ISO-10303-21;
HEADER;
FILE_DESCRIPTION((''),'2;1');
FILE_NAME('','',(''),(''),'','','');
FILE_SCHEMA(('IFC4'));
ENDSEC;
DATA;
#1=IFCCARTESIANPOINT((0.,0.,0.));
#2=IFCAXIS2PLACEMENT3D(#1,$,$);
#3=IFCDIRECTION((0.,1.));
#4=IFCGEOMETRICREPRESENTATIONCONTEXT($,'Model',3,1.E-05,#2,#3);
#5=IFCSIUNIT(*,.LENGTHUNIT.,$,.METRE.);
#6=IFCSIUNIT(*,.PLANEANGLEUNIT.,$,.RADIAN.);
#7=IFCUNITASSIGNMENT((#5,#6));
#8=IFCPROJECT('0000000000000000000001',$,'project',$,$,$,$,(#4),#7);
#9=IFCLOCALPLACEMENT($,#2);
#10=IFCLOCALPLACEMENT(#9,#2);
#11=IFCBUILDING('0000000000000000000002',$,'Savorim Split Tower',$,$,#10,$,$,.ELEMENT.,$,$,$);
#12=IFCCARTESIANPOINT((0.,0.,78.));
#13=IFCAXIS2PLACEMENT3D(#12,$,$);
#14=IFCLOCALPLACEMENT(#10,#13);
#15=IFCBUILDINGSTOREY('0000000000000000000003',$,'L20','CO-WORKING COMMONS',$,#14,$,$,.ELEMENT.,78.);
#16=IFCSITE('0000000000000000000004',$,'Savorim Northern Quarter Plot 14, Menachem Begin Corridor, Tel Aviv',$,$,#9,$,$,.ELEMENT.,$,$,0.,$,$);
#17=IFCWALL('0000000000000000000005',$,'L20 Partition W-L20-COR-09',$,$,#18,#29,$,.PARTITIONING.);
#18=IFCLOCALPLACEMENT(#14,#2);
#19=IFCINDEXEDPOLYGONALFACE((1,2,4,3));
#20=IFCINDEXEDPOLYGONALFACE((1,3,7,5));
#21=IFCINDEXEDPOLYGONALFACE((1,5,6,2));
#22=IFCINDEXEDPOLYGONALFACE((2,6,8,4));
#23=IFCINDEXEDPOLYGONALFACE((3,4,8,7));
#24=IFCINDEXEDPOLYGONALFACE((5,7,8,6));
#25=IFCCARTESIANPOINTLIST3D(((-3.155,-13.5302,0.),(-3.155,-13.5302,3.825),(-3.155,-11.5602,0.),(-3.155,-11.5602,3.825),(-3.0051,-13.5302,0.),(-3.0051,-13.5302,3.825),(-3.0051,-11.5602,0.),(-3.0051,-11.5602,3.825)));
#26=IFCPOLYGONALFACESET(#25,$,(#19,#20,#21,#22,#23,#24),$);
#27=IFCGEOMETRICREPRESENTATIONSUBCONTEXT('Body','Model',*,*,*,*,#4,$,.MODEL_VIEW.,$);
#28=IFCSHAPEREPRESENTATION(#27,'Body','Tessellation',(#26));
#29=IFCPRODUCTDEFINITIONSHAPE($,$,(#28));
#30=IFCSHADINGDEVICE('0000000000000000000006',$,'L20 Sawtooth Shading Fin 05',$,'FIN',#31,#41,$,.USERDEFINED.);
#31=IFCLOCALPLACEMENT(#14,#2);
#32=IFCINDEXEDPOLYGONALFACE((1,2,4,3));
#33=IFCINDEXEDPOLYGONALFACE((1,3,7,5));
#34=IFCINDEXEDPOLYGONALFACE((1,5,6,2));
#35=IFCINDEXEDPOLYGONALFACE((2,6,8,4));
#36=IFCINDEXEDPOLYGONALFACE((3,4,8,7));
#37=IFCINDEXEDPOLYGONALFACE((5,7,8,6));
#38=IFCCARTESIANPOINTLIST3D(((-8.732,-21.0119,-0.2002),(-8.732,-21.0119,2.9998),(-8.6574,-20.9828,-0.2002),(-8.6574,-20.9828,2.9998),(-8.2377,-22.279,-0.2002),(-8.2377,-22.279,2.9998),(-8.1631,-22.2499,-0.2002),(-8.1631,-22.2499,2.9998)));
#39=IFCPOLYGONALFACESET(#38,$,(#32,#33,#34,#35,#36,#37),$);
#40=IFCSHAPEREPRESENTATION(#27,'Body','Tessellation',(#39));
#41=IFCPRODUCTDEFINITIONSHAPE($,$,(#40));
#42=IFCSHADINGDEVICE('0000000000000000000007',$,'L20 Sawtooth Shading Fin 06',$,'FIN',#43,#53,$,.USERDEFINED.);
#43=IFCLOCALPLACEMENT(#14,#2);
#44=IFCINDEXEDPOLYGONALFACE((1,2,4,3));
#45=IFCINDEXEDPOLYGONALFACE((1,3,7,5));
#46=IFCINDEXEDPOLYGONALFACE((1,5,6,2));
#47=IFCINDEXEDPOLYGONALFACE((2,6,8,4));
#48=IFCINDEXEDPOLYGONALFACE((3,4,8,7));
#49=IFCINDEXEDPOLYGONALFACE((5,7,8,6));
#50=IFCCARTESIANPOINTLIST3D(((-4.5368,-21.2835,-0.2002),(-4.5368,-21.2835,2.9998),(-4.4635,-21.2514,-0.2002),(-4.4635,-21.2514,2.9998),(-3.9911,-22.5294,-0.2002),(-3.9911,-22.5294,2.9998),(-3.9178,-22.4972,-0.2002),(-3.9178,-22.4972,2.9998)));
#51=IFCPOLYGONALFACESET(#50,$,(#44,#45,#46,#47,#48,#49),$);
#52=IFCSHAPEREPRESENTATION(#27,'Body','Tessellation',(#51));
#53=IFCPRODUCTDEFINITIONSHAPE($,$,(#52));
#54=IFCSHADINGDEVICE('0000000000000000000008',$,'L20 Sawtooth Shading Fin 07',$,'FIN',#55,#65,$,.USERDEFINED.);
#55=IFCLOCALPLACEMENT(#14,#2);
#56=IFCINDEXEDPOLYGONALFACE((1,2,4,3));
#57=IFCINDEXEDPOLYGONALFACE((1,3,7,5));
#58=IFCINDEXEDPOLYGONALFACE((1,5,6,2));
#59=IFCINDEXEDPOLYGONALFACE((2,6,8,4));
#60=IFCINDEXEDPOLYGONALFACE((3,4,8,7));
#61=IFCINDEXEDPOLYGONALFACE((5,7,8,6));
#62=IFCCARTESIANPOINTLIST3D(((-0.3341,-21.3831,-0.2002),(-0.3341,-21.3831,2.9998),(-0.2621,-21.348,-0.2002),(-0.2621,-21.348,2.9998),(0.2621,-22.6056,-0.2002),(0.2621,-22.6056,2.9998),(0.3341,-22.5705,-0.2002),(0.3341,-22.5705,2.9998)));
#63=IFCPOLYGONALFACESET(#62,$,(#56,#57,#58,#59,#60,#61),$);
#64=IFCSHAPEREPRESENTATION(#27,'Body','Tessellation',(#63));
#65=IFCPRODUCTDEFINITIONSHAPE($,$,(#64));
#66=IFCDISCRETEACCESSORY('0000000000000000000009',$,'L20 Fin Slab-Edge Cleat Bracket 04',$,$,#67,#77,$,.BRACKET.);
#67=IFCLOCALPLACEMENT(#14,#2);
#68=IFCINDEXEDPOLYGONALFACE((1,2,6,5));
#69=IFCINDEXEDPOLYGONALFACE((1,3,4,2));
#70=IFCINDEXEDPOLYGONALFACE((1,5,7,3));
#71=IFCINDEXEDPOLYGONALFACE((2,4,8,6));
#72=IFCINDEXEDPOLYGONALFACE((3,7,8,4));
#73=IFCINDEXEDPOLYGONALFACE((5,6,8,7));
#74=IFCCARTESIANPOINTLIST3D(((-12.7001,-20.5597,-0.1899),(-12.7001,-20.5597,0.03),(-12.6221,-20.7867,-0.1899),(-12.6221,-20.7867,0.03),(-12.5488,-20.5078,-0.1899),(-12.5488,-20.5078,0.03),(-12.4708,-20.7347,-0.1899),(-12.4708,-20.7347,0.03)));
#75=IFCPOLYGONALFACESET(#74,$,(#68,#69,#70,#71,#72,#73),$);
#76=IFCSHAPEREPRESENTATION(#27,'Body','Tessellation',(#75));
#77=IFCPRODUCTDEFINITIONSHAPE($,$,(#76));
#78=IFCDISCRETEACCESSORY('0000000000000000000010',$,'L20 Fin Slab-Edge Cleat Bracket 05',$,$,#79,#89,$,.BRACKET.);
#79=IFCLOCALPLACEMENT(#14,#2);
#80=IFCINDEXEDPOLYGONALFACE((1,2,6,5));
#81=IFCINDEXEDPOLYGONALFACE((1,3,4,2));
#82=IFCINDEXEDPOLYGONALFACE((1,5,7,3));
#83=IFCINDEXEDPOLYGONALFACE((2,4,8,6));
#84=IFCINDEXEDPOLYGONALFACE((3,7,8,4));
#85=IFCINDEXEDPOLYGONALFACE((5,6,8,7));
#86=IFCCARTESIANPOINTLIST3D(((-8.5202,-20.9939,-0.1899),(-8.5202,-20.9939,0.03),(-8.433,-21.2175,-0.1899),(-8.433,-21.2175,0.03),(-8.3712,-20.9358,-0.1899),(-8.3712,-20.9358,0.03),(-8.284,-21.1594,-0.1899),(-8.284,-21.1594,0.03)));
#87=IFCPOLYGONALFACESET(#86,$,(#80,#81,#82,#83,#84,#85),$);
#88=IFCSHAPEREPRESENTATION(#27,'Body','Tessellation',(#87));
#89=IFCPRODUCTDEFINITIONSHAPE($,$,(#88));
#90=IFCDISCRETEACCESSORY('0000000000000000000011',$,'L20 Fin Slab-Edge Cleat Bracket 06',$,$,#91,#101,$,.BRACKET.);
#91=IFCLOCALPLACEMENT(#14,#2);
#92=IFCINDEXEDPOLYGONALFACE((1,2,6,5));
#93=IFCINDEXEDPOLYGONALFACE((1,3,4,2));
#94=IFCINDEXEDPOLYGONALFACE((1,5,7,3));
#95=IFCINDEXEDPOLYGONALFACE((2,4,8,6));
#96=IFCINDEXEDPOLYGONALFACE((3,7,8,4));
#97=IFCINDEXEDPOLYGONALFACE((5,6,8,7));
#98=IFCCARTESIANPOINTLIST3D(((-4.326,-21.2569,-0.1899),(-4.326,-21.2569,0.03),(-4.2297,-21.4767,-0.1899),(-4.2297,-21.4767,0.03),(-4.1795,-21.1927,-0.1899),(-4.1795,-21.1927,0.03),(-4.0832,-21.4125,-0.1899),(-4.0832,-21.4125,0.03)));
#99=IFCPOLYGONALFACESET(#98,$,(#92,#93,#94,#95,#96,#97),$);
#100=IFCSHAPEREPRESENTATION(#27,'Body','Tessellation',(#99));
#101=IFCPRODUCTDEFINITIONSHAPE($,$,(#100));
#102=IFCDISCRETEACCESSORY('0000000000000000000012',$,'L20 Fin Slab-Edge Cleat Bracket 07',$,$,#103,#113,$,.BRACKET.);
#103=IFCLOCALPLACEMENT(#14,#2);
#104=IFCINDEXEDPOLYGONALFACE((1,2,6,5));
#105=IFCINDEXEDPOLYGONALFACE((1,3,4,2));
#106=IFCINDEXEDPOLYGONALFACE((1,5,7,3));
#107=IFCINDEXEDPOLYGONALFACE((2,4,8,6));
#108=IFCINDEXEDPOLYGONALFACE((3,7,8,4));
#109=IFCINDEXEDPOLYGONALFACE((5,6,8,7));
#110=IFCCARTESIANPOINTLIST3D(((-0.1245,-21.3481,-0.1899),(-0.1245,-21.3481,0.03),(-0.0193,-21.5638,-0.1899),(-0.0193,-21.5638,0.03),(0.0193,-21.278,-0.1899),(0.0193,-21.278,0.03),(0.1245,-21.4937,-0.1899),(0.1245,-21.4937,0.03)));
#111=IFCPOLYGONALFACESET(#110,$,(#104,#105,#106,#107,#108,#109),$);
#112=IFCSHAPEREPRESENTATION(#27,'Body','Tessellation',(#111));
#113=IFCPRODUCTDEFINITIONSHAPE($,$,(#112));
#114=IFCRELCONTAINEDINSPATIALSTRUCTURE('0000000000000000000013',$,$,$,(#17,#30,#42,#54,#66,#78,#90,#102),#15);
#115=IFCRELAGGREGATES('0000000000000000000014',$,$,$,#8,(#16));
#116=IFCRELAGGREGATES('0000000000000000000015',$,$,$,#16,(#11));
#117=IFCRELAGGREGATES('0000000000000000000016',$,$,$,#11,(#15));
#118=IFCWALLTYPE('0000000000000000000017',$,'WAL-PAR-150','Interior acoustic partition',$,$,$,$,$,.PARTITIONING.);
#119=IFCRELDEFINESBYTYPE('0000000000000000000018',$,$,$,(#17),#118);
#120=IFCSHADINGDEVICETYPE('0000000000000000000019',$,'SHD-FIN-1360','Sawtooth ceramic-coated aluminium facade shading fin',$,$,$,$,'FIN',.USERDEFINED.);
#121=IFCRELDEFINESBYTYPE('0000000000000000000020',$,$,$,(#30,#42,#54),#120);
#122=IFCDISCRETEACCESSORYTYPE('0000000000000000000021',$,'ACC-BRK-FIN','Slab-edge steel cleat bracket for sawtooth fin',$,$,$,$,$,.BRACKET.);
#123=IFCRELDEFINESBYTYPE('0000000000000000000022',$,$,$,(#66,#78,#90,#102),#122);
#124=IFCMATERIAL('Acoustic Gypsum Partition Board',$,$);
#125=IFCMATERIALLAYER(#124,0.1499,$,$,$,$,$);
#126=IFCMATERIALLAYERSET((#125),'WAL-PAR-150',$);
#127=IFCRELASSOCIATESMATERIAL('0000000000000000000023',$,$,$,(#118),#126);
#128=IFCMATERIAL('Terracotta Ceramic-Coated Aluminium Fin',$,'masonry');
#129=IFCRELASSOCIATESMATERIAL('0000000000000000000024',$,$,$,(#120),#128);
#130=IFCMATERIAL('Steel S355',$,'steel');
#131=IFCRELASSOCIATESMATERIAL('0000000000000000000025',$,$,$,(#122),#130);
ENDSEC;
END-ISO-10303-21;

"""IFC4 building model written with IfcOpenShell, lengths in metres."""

from ifc_helpers import new_model, si_unit, direction, frame, frame_2d, origin, origin_2d, place, context, subcontext, project, spatial, rectangle, extrude, material, layer, layer_set, type_object, element, save


model = new_model("IFC4")

# Units and contexts
model_context = context("Model", 3, precision=1e-05, world=origin(), true_north=direction((0.0, 1.0)))
body_context = subcontext(model_context, "Body", "Model", "MODEL_VIEW")
ifc_project = project(units=[si_unit("LENGTHUNIT", "METRE"), si_unit("PLANEANGLEUNIT", "RADIAN")], contexts=[model_context])

# Site, building, storey
site_placement = place(None, origin())
site = spatial("IfcSite", under=ifc_project, at=site_placement, Name="Savorim Northern Quarter Plot 14, Menachem Begin Corridor, Tel Aviv", CompositionType="ELEMENT", RefElevation=0.0)
building_placement = place(site_placement, origin())
building = spatial("IfcBuilding", under=site, at=building_placement, Name="Savorim Split Tower", CompositionType="ELEMENT")
storey_placement = place(building_placement, frame((0.0, 0.0, 78.0)))
storey = spatial("IfcBuildingStorey", under=building, at=storey_placement, Name="L20", Description="CO-WORKING COMMONS", CompositionType="ELEMENT", Elevation=78.0)

# Shared definitions
ifc_material_1 = material(Name="Steel S355", Category="steel")

# Wall
ifc_material_2 = material(Name="Acoustic Gypsum Partition Board")
ifc_layer_1 = layer(ifc_material_2, 0.1499)
ifc_layer_set_1 = layer_set([ifc_layer_1], Name="WAL-PAR-150")
wall_type = type_object("IfcWallType", Name="WAL-PAR-150", Description="Interior acoustic partition", PredefinedType="PARTITIONING", material=ifc_layer_set_1)
wall_placement = place(storey_placement, frame((-3.0801, -13.53, 0.0), z_axis=(0.0, 0.0, 1.0), x_axis=(0.0, 1.0, 0.0)))
element("IfcWall", 1, at=wall_placement, inside=storey, type_object=wall_type, Name="L20 Partition W-L20-COR-09", PredefinedType="PARTITIONING", context=body_context, shape_type="SweptSolid", body=[
    extrude(rectangle(XDim=1.97, YDim=0.1499, at=frame_2d((0.9849, 0.0))), origin(), (0.0, 0.0, 1.0), 3.825),
])

# Shading devices
ifc_material_3 = material(Name="Terracotta Ceramic-Coated Aluminium Fin", Category="masonry")
shading_device_type = type_object("IfcShadingDeviceType", Name="SHD-FIN-1360", Description="Sawtooth ceramic-coated aluminium facade shading fin", ElementType="FIN", PredefinedType="USERDEFINED", material=ifc_material_3)
for number, where, z_axis, x_axis, name in (
    (2, (-8.4475, -21.6309, -0.2002), (0.0, 0.0, 1.0), (0.363415, -0.931627, 0.0), "L20 Sawtooth Shading Fin 05"),
    (3, (-4.2273, -21.8904, -0.2002), (0.0, 0.0, 1.0), (0.40123, -0.915977, 0.0), "L20 Sawtooth Shading Fin 06"),
    (4, (0.0, -21.9768, -0.2002), (0.0, 0.0, 1.0), (0.438371, -0.898794, 0.0), "L20 Sawtooth Shading Fin 07"),
):
    element("IfcShadingDevice", number, at=place(storey_placement, frame(where, z_axis=z_axis, x_axis=x_axis)), inside=storey, type_object=shading_device_type, Name=name, ObjectType="FIN", PredefinedType="USERDEFINED", context=body_context, shape_type="SweptSolid", body=[
        extrude(rectangle(XDim=1.3601, YDim=0.0801, at=origin_2d()), origin(), (0.0, 0.0, 1.0), 3.2),
    ])

# Discrete accessories
discrete_accessory_type = type_object("IfcDiscreteAccessoryType", Name="ACC-BRK-FIN", Description="Slab-edge steel cleat bracket for sawtooth fin", PredefinedType="BRACKET", material=ifc_material_1)
for number, where, z_axis, x_axis, name in (
    (5, (-12.5854, -20.6472, -0.1899), (0.0, 0.0, 1.0), (0.324994, -0.945716, 0.0), "L20 Fin Slab-Edge Cleat Bracket 04"),
    (6, (-8.4021, -21.0767, -0.1899), (0.0, 0.0, 1.0), (0.363415, -0.931627, 0.0), "L20 Fin Slab-Edge Cleat Bracket 05"),
    (7, (-4.2046, -21.3347, -0.1899), (0.0, 0.0, 1.0), (0.40123, -0.915977, 0.0), "L20 Fin Slab-Edge Cleat Bracket 06"),
    (8, (0.0, -21.4209, -0.1899), (0.0, 0.0, 1.0), (0.438371, -0.898794, 0.0), "L20 Fin Slab-Edge Cleat Bracket 07"),
):
    element("IfcDiscreteAccessory", number, at=place(storey_placement, frame(where, z_axis=z_axis, x_axis=x_axis)), inside=storey, type_object=discrete_accessory_type, Name=name, PredefinedType="BRACKET", context=body_context, shape_type="SweptSolid", body=[
        extrude(rectangle(XDim=0.24, YDim=0.1599, at=origin_2d()), origin(), (0.0, 0.0, 1.0), 0.22),
    ])

save(model, "model.ifc")
